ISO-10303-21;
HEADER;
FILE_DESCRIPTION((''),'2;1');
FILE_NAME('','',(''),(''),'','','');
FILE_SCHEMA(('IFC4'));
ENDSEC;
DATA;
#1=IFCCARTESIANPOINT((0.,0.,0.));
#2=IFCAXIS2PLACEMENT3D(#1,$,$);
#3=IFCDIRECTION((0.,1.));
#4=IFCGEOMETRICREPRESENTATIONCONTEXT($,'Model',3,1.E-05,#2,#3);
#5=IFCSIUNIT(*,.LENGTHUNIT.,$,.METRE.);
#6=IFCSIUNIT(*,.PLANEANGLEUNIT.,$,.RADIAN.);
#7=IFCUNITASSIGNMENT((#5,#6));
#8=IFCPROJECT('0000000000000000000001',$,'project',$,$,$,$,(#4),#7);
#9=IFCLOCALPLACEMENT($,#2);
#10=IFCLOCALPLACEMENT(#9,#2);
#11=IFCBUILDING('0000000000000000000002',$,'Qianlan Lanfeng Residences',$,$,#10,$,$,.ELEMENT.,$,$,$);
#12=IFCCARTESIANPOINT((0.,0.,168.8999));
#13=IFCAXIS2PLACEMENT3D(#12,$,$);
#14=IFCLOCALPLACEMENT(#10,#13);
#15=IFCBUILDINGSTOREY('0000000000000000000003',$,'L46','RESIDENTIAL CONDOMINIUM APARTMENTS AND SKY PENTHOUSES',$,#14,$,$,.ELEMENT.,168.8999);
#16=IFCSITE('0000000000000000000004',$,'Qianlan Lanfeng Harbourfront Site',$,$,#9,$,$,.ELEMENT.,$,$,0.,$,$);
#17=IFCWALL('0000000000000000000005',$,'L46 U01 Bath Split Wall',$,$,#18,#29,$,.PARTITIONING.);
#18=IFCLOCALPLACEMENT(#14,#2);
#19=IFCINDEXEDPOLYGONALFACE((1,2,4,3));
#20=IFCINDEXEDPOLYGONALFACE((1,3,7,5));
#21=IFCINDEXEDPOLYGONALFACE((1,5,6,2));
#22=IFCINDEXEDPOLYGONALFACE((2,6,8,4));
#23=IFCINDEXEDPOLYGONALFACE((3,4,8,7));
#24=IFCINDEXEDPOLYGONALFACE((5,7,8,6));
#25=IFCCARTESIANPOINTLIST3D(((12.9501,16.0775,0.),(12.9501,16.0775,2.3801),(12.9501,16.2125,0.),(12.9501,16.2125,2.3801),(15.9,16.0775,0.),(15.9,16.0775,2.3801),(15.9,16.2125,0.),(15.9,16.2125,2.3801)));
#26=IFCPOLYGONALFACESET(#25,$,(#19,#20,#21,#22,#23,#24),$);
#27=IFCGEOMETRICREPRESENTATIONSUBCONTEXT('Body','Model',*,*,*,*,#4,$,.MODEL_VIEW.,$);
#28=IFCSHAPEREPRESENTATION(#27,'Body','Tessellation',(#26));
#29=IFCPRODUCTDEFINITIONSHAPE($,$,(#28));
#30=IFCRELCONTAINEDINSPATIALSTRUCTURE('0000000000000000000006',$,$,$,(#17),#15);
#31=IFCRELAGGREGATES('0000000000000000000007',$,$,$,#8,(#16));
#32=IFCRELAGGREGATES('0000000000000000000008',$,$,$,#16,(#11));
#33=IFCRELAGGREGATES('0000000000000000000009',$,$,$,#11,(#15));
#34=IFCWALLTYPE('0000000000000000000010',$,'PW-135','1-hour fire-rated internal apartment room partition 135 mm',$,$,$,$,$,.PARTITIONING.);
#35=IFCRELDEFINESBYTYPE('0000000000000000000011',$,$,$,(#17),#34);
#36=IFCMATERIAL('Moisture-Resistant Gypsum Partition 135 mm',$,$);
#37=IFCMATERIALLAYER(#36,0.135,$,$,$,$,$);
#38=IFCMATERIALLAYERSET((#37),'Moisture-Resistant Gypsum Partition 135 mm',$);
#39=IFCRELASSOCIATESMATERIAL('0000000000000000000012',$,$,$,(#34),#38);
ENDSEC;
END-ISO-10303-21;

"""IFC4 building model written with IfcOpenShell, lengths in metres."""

from ifc_helpers import new_model, si_unit, direction, frame, frame_2d, origin, place, context, subcontext, project, spatial, rectangle, extrude, material, layer, layer_set, type_object, element, save


model = new_model("IFC4")

# Units and contexts
model_context = context("Model", 3, precision=1e-05, world=origin(), true_north=direction((0.0, 1.0)))
body_context = subcontext(model_context, "Body", "Model", "MODEL_VIEW")
ifc_project = project(units=[si_unit("LENGTHUNIT", "METRE"), si_unit("PLANEANGLEUNIT", "RADIAN")], contexts=[model_context])

# Site, building, storey
site_placement = place(None, origin())
site = spatial("IfcSite", under=ifc_project, at=site_placement, Name="Qianlan Lanfeng Harbourfront Site", CompositionType="ELEMENT", RefElevation=0.0)
building_placement = place(site_placement, origin())
building = spatial("IfcBuilding", under=site, at=building_placement, Name="Qianlan Lanfeng Residences", CompositionType="ELEMENT")
storey_placement = place(building_placement, frame((0.0, 0.0, 168.8999)))
storey = spatial("IfcBuildingStorey", under=building, at=storey_placement, Name="L46", Description="RESIDENTIAL CONDOMINIUM APARTMENTS AND SKY PENTHOUSES", CompositionType="ELEMENT", Elevation=168.8999)

# Shared definitions
ifc_material_1 = material(Name="Moisture-Resistant Gypsum Partition 135 mm")
ifc_layer_1 = layer(ifc_material_1, 0.135)
ifc_layer_set_1 = layer_set([ifc_layer_1], Name="Moisture-Resistant Gypsum Partition 135 mm")
wall_type_1 = type_object("IfcWallType", Name="PW-135", Description="1-hour fire-rated internal apartment room partition 135 mm", PredefinedType="PARTITIONING", material=ifc_layer_set_1)

# Wall
wall_1_placement = place(storey_placement, frame((12.95, 16.145, 0.0), z_axis=(0.0, 0.0, 1.0), x_axis=(1.0, 0.0, 0.0)))
element("IfcWall", 1, at=wall_1_placement, inside=storey, type_object=wall_type_1, Name="L46 U01 Bath Split Wall", PredefinedType="PARTITIONING", context=body_context, shape_type="SweptSolid", body=[
    extrude(rectangle(XDim=2.95, YDim=0.135, at=frame_2d((1.4751, 0.0))), origin(), (0.0, 0.0, 1.0), 2.3801),
])

save(model, "model.ifc")
